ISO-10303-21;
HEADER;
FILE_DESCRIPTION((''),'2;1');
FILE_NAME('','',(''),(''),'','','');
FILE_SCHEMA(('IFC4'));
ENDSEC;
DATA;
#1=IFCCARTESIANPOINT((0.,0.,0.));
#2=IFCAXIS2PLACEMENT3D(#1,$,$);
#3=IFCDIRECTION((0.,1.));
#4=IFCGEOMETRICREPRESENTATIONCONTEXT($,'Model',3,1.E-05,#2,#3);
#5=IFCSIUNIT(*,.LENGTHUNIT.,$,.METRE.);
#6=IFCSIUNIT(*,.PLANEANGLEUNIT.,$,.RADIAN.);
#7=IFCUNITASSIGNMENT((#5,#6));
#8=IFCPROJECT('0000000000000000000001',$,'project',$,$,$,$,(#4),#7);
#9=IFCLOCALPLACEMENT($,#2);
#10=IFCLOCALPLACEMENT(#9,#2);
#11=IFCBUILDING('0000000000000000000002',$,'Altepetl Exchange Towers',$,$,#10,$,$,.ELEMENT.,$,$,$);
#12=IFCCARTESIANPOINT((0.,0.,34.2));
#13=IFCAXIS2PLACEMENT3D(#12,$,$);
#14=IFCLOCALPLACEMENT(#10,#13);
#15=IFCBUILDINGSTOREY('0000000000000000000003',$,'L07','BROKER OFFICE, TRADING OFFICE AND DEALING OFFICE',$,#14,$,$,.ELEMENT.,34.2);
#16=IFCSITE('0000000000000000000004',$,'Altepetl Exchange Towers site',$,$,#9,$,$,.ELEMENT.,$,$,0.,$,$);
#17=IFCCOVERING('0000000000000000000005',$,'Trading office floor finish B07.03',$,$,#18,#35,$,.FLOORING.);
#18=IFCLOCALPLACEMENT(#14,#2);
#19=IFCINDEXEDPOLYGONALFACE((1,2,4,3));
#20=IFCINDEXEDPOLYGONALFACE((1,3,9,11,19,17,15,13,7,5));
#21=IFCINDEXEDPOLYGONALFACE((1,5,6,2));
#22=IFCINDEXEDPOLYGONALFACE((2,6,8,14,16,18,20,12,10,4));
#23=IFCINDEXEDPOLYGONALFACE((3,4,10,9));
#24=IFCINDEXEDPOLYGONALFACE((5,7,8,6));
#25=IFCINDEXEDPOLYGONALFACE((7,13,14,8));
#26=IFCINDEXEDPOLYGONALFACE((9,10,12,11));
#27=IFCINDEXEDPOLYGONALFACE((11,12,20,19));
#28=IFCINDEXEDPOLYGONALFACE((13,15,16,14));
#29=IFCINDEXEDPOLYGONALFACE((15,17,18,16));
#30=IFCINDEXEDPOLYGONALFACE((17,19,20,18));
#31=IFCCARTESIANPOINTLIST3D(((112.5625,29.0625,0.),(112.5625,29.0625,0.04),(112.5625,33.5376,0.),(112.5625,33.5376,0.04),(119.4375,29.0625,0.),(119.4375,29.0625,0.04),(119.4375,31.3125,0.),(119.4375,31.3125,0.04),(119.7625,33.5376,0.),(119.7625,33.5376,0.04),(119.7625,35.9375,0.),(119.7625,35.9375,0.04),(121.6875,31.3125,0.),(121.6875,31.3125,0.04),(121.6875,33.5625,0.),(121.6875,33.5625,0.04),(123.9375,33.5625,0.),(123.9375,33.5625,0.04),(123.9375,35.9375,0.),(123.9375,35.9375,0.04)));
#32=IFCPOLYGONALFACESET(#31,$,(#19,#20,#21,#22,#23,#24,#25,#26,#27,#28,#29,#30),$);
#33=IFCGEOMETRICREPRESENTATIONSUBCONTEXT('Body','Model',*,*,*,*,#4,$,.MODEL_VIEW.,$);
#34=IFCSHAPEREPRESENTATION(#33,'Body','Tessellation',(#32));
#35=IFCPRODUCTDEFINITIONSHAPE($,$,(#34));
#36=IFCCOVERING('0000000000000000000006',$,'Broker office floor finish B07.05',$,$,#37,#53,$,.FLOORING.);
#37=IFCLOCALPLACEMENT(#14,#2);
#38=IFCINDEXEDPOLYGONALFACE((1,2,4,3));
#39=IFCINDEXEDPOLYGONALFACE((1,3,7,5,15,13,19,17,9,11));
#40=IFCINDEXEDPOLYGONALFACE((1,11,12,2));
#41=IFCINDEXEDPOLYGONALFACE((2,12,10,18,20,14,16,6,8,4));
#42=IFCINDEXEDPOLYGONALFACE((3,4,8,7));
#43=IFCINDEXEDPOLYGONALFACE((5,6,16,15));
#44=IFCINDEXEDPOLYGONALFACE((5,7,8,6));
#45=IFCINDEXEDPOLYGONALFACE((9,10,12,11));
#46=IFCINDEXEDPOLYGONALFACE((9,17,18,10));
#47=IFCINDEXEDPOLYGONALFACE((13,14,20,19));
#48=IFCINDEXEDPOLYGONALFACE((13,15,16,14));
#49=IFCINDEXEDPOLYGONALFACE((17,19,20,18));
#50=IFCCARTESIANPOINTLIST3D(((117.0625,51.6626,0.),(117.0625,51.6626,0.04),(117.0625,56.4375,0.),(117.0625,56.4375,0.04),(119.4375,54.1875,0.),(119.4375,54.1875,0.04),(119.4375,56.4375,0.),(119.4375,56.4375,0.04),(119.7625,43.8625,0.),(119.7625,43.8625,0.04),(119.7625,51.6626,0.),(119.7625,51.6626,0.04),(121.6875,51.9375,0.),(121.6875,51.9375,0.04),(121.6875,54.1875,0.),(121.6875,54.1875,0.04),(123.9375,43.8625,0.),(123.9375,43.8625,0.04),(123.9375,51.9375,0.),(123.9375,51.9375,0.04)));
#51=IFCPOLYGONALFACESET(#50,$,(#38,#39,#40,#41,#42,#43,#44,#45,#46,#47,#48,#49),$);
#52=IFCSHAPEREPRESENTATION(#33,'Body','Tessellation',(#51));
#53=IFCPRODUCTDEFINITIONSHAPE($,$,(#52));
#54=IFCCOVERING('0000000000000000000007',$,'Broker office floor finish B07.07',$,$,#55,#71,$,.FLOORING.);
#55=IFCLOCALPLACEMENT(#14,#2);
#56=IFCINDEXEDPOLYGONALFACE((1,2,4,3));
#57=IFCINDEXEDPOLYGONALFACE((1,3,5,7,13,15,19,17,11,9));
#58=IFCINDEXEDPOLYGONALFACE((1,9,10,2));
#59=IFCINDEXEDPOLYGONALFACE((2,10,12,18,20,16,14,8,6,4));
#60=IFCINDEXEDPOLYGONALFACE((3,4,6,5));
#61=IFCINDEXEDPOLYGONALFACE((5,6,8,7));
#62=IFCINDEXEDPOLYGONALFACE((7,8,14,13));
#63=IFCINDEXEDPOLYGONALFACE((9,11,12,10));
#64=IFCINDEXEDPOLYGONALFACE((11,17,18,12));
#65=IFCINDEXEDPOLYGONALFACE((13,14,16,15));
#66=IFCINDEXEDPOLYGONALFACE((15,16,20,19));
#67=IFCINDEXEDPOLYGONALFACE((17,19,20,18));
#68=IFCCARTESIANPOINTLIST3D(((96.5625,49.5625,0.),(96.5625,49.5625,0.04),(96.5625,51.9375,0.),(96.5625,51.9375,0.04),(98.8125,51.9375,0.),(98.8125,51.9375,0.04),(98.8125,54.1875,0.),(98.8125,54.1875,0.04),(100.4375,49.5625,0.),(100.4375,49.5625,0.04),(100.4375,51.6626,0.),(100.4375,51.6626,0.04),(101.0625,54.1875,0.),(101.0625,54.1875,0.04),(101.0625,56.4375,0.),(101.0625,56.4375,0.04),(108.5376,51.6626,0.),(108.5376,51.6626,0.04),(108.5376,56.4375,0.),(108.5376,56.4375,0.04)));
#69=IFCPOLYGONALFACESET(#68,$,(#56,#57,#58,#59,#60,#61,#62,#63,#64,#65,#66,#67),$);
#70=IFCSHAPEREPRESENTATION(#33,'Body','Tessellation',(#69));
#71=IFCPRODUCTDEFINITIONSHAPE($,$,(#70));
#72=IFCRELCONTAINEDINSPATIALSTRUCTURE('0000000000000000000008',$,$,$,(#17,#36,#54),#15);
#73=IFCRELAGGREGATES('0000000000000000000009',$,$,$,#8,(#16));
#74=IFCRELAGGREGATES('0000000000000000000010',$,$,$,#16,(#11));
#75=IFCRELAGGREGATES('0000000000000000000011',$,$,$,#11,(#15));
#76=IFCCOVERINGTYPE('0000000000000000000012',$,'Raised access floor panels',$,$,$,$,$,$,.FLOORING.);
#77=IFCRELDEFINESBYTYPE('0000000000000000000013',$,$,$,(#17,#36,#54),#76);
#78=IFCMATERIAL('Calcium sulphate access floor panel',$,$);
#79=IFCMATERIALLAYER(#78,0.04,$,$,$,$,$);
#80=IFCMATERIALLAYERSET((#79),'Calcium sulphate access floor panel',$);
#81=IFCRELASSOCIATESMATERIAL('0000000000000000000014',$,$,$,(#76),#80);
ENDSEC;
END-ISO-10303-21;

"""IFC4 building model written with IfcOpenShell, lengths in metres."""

from ifc_helpers import new_model, si_unit, direction, frame, origin, place, context, subcontext, project, spatial, polyline, outline, extrude, material, layer, layer_set, type_object, element, save


model = new_model("IFC4")

# Units and contexts
model_context = context("Model", 3, precision=1e-05, world=origin(), true_north=direction((0.0, 1.0)))
body_context = subcontext(model_context, "Body", "Model", "MODEL_VIEW")
ifc_project = project(units=[si_unit("LENGTHUNIT", "METRE"), si_unit("PLANEANGLEUNIT", "RADIAN")], contexts=[model_context])

# Site, building, storey
site_placement = place(None, origin())
site = spatial("IfcSite", under=ifc_project, at=site_placement, Name="Altepetl Exchange Towers site", CompositionType="ELEMENT", RefElevation=0.0)
building_placement = place(site_placement, origin())
building = spatial("IfcBuilding", under=site, at=building_placement, Name="Altepetl Exchange Towers", CompositionType="ELEMENT")
storey_placement = place(building_placement, frame((0.0, 0.0, 34.2)))
storey = spatial("IfcBuildingStorey", under=building, at=storey_placement, Name="L07", Description="BROKER OFFICE, TRADING OFFICE AND DEALING OFFICE", CompositionType="ELEMENT", Elevation=34.2)

# Coverings
ifc_material_1 = material(Name="Calcium sulphate access floor panel")
ifc_layer_1 = layer(ifc_material_1, 0.04)
ifc_layer_set_1 = layer_set([ifc_layer_1], Name="Calcium sulphate access floor panel")
covering_type_1 = type_object("IfcCoveringType", Name="Raised access floor panels", PredefinedType="FLOORING", material=ifc_layer_set_1)
covering_1_placement = place(storey_placement, origin())
element("IfcCovering", 1, at=covering_1_placement, inside=storey, type_object=covering_type_1, Name="Trading office floor finish B07.03", PredefinedType="FLOORING", context=body_context, shape_type="SweptSolid", body=[
    extrude(outline(polyline([(112.5625, 33.5376), (112.5625, 29.0625), (119.4375, 29.0625), (119.4375, 31.3125), (121.6875, 31.3125), (121.6875, 33.5625), (123.9375, 33.5625), (123.9375, 35.9375), (119.7625, 35.9375), (119.7625, 33.5376), (112.5625, 33.5376)])), origin(), (0.0, 0.0, 1.0), 0.04),
])
covering_2_placement = place(storey_placement, origin())
element("IfcCovering", 2, at=covering_2_placement, inside=storey, type_object=covering_type_1, Name="Broker office floor finish B07.05", PredefinedType="FLOORING", context=body_context, shape_type="SweptSolid", body=[
    extrude(outline(polyline([(121.6875, 51.9375), (121.6875, 54.1875), (119.4375, 54.1875), (119.4375, 56.4375), (117.0625, 56.4375), (117.0625, 51.6626), (119.7625, 51.6626), (119.7625, 43.8625), (123.9375, 43.8625), (123.9375, 51.9375), (121.6875, 51.9375)])), origin(), (0.0, 0.0, 1.0), 0.04),
])
covering_3_placement = place(storey_placement, origin())
element("IfcCovering", 3, at=covering_3_placement, inside=storey, type_object=covering_type_1, Name="Broker office floor finish B07.07", PredefinedType="FLOORING", context=body_context, shape_type="SweptSolid", body=[
    extrude(outline(polyline([(108.5376, 51.6626), (108.5376, 56.4375), (101.0625, 56.4375), (101.0625, 54.1875), (98.8125, 54.1875), (98.8125, 51.9375), (96.5625, 51.9375), (96.5625, 49.5625), (100.4375, 49.5625), (100.4375, 51.6626), (108.5376, 51.6626)])), origin(), (0.0, 0.0, 1.0), 0.04),
])

save(model, "model.ifc")
